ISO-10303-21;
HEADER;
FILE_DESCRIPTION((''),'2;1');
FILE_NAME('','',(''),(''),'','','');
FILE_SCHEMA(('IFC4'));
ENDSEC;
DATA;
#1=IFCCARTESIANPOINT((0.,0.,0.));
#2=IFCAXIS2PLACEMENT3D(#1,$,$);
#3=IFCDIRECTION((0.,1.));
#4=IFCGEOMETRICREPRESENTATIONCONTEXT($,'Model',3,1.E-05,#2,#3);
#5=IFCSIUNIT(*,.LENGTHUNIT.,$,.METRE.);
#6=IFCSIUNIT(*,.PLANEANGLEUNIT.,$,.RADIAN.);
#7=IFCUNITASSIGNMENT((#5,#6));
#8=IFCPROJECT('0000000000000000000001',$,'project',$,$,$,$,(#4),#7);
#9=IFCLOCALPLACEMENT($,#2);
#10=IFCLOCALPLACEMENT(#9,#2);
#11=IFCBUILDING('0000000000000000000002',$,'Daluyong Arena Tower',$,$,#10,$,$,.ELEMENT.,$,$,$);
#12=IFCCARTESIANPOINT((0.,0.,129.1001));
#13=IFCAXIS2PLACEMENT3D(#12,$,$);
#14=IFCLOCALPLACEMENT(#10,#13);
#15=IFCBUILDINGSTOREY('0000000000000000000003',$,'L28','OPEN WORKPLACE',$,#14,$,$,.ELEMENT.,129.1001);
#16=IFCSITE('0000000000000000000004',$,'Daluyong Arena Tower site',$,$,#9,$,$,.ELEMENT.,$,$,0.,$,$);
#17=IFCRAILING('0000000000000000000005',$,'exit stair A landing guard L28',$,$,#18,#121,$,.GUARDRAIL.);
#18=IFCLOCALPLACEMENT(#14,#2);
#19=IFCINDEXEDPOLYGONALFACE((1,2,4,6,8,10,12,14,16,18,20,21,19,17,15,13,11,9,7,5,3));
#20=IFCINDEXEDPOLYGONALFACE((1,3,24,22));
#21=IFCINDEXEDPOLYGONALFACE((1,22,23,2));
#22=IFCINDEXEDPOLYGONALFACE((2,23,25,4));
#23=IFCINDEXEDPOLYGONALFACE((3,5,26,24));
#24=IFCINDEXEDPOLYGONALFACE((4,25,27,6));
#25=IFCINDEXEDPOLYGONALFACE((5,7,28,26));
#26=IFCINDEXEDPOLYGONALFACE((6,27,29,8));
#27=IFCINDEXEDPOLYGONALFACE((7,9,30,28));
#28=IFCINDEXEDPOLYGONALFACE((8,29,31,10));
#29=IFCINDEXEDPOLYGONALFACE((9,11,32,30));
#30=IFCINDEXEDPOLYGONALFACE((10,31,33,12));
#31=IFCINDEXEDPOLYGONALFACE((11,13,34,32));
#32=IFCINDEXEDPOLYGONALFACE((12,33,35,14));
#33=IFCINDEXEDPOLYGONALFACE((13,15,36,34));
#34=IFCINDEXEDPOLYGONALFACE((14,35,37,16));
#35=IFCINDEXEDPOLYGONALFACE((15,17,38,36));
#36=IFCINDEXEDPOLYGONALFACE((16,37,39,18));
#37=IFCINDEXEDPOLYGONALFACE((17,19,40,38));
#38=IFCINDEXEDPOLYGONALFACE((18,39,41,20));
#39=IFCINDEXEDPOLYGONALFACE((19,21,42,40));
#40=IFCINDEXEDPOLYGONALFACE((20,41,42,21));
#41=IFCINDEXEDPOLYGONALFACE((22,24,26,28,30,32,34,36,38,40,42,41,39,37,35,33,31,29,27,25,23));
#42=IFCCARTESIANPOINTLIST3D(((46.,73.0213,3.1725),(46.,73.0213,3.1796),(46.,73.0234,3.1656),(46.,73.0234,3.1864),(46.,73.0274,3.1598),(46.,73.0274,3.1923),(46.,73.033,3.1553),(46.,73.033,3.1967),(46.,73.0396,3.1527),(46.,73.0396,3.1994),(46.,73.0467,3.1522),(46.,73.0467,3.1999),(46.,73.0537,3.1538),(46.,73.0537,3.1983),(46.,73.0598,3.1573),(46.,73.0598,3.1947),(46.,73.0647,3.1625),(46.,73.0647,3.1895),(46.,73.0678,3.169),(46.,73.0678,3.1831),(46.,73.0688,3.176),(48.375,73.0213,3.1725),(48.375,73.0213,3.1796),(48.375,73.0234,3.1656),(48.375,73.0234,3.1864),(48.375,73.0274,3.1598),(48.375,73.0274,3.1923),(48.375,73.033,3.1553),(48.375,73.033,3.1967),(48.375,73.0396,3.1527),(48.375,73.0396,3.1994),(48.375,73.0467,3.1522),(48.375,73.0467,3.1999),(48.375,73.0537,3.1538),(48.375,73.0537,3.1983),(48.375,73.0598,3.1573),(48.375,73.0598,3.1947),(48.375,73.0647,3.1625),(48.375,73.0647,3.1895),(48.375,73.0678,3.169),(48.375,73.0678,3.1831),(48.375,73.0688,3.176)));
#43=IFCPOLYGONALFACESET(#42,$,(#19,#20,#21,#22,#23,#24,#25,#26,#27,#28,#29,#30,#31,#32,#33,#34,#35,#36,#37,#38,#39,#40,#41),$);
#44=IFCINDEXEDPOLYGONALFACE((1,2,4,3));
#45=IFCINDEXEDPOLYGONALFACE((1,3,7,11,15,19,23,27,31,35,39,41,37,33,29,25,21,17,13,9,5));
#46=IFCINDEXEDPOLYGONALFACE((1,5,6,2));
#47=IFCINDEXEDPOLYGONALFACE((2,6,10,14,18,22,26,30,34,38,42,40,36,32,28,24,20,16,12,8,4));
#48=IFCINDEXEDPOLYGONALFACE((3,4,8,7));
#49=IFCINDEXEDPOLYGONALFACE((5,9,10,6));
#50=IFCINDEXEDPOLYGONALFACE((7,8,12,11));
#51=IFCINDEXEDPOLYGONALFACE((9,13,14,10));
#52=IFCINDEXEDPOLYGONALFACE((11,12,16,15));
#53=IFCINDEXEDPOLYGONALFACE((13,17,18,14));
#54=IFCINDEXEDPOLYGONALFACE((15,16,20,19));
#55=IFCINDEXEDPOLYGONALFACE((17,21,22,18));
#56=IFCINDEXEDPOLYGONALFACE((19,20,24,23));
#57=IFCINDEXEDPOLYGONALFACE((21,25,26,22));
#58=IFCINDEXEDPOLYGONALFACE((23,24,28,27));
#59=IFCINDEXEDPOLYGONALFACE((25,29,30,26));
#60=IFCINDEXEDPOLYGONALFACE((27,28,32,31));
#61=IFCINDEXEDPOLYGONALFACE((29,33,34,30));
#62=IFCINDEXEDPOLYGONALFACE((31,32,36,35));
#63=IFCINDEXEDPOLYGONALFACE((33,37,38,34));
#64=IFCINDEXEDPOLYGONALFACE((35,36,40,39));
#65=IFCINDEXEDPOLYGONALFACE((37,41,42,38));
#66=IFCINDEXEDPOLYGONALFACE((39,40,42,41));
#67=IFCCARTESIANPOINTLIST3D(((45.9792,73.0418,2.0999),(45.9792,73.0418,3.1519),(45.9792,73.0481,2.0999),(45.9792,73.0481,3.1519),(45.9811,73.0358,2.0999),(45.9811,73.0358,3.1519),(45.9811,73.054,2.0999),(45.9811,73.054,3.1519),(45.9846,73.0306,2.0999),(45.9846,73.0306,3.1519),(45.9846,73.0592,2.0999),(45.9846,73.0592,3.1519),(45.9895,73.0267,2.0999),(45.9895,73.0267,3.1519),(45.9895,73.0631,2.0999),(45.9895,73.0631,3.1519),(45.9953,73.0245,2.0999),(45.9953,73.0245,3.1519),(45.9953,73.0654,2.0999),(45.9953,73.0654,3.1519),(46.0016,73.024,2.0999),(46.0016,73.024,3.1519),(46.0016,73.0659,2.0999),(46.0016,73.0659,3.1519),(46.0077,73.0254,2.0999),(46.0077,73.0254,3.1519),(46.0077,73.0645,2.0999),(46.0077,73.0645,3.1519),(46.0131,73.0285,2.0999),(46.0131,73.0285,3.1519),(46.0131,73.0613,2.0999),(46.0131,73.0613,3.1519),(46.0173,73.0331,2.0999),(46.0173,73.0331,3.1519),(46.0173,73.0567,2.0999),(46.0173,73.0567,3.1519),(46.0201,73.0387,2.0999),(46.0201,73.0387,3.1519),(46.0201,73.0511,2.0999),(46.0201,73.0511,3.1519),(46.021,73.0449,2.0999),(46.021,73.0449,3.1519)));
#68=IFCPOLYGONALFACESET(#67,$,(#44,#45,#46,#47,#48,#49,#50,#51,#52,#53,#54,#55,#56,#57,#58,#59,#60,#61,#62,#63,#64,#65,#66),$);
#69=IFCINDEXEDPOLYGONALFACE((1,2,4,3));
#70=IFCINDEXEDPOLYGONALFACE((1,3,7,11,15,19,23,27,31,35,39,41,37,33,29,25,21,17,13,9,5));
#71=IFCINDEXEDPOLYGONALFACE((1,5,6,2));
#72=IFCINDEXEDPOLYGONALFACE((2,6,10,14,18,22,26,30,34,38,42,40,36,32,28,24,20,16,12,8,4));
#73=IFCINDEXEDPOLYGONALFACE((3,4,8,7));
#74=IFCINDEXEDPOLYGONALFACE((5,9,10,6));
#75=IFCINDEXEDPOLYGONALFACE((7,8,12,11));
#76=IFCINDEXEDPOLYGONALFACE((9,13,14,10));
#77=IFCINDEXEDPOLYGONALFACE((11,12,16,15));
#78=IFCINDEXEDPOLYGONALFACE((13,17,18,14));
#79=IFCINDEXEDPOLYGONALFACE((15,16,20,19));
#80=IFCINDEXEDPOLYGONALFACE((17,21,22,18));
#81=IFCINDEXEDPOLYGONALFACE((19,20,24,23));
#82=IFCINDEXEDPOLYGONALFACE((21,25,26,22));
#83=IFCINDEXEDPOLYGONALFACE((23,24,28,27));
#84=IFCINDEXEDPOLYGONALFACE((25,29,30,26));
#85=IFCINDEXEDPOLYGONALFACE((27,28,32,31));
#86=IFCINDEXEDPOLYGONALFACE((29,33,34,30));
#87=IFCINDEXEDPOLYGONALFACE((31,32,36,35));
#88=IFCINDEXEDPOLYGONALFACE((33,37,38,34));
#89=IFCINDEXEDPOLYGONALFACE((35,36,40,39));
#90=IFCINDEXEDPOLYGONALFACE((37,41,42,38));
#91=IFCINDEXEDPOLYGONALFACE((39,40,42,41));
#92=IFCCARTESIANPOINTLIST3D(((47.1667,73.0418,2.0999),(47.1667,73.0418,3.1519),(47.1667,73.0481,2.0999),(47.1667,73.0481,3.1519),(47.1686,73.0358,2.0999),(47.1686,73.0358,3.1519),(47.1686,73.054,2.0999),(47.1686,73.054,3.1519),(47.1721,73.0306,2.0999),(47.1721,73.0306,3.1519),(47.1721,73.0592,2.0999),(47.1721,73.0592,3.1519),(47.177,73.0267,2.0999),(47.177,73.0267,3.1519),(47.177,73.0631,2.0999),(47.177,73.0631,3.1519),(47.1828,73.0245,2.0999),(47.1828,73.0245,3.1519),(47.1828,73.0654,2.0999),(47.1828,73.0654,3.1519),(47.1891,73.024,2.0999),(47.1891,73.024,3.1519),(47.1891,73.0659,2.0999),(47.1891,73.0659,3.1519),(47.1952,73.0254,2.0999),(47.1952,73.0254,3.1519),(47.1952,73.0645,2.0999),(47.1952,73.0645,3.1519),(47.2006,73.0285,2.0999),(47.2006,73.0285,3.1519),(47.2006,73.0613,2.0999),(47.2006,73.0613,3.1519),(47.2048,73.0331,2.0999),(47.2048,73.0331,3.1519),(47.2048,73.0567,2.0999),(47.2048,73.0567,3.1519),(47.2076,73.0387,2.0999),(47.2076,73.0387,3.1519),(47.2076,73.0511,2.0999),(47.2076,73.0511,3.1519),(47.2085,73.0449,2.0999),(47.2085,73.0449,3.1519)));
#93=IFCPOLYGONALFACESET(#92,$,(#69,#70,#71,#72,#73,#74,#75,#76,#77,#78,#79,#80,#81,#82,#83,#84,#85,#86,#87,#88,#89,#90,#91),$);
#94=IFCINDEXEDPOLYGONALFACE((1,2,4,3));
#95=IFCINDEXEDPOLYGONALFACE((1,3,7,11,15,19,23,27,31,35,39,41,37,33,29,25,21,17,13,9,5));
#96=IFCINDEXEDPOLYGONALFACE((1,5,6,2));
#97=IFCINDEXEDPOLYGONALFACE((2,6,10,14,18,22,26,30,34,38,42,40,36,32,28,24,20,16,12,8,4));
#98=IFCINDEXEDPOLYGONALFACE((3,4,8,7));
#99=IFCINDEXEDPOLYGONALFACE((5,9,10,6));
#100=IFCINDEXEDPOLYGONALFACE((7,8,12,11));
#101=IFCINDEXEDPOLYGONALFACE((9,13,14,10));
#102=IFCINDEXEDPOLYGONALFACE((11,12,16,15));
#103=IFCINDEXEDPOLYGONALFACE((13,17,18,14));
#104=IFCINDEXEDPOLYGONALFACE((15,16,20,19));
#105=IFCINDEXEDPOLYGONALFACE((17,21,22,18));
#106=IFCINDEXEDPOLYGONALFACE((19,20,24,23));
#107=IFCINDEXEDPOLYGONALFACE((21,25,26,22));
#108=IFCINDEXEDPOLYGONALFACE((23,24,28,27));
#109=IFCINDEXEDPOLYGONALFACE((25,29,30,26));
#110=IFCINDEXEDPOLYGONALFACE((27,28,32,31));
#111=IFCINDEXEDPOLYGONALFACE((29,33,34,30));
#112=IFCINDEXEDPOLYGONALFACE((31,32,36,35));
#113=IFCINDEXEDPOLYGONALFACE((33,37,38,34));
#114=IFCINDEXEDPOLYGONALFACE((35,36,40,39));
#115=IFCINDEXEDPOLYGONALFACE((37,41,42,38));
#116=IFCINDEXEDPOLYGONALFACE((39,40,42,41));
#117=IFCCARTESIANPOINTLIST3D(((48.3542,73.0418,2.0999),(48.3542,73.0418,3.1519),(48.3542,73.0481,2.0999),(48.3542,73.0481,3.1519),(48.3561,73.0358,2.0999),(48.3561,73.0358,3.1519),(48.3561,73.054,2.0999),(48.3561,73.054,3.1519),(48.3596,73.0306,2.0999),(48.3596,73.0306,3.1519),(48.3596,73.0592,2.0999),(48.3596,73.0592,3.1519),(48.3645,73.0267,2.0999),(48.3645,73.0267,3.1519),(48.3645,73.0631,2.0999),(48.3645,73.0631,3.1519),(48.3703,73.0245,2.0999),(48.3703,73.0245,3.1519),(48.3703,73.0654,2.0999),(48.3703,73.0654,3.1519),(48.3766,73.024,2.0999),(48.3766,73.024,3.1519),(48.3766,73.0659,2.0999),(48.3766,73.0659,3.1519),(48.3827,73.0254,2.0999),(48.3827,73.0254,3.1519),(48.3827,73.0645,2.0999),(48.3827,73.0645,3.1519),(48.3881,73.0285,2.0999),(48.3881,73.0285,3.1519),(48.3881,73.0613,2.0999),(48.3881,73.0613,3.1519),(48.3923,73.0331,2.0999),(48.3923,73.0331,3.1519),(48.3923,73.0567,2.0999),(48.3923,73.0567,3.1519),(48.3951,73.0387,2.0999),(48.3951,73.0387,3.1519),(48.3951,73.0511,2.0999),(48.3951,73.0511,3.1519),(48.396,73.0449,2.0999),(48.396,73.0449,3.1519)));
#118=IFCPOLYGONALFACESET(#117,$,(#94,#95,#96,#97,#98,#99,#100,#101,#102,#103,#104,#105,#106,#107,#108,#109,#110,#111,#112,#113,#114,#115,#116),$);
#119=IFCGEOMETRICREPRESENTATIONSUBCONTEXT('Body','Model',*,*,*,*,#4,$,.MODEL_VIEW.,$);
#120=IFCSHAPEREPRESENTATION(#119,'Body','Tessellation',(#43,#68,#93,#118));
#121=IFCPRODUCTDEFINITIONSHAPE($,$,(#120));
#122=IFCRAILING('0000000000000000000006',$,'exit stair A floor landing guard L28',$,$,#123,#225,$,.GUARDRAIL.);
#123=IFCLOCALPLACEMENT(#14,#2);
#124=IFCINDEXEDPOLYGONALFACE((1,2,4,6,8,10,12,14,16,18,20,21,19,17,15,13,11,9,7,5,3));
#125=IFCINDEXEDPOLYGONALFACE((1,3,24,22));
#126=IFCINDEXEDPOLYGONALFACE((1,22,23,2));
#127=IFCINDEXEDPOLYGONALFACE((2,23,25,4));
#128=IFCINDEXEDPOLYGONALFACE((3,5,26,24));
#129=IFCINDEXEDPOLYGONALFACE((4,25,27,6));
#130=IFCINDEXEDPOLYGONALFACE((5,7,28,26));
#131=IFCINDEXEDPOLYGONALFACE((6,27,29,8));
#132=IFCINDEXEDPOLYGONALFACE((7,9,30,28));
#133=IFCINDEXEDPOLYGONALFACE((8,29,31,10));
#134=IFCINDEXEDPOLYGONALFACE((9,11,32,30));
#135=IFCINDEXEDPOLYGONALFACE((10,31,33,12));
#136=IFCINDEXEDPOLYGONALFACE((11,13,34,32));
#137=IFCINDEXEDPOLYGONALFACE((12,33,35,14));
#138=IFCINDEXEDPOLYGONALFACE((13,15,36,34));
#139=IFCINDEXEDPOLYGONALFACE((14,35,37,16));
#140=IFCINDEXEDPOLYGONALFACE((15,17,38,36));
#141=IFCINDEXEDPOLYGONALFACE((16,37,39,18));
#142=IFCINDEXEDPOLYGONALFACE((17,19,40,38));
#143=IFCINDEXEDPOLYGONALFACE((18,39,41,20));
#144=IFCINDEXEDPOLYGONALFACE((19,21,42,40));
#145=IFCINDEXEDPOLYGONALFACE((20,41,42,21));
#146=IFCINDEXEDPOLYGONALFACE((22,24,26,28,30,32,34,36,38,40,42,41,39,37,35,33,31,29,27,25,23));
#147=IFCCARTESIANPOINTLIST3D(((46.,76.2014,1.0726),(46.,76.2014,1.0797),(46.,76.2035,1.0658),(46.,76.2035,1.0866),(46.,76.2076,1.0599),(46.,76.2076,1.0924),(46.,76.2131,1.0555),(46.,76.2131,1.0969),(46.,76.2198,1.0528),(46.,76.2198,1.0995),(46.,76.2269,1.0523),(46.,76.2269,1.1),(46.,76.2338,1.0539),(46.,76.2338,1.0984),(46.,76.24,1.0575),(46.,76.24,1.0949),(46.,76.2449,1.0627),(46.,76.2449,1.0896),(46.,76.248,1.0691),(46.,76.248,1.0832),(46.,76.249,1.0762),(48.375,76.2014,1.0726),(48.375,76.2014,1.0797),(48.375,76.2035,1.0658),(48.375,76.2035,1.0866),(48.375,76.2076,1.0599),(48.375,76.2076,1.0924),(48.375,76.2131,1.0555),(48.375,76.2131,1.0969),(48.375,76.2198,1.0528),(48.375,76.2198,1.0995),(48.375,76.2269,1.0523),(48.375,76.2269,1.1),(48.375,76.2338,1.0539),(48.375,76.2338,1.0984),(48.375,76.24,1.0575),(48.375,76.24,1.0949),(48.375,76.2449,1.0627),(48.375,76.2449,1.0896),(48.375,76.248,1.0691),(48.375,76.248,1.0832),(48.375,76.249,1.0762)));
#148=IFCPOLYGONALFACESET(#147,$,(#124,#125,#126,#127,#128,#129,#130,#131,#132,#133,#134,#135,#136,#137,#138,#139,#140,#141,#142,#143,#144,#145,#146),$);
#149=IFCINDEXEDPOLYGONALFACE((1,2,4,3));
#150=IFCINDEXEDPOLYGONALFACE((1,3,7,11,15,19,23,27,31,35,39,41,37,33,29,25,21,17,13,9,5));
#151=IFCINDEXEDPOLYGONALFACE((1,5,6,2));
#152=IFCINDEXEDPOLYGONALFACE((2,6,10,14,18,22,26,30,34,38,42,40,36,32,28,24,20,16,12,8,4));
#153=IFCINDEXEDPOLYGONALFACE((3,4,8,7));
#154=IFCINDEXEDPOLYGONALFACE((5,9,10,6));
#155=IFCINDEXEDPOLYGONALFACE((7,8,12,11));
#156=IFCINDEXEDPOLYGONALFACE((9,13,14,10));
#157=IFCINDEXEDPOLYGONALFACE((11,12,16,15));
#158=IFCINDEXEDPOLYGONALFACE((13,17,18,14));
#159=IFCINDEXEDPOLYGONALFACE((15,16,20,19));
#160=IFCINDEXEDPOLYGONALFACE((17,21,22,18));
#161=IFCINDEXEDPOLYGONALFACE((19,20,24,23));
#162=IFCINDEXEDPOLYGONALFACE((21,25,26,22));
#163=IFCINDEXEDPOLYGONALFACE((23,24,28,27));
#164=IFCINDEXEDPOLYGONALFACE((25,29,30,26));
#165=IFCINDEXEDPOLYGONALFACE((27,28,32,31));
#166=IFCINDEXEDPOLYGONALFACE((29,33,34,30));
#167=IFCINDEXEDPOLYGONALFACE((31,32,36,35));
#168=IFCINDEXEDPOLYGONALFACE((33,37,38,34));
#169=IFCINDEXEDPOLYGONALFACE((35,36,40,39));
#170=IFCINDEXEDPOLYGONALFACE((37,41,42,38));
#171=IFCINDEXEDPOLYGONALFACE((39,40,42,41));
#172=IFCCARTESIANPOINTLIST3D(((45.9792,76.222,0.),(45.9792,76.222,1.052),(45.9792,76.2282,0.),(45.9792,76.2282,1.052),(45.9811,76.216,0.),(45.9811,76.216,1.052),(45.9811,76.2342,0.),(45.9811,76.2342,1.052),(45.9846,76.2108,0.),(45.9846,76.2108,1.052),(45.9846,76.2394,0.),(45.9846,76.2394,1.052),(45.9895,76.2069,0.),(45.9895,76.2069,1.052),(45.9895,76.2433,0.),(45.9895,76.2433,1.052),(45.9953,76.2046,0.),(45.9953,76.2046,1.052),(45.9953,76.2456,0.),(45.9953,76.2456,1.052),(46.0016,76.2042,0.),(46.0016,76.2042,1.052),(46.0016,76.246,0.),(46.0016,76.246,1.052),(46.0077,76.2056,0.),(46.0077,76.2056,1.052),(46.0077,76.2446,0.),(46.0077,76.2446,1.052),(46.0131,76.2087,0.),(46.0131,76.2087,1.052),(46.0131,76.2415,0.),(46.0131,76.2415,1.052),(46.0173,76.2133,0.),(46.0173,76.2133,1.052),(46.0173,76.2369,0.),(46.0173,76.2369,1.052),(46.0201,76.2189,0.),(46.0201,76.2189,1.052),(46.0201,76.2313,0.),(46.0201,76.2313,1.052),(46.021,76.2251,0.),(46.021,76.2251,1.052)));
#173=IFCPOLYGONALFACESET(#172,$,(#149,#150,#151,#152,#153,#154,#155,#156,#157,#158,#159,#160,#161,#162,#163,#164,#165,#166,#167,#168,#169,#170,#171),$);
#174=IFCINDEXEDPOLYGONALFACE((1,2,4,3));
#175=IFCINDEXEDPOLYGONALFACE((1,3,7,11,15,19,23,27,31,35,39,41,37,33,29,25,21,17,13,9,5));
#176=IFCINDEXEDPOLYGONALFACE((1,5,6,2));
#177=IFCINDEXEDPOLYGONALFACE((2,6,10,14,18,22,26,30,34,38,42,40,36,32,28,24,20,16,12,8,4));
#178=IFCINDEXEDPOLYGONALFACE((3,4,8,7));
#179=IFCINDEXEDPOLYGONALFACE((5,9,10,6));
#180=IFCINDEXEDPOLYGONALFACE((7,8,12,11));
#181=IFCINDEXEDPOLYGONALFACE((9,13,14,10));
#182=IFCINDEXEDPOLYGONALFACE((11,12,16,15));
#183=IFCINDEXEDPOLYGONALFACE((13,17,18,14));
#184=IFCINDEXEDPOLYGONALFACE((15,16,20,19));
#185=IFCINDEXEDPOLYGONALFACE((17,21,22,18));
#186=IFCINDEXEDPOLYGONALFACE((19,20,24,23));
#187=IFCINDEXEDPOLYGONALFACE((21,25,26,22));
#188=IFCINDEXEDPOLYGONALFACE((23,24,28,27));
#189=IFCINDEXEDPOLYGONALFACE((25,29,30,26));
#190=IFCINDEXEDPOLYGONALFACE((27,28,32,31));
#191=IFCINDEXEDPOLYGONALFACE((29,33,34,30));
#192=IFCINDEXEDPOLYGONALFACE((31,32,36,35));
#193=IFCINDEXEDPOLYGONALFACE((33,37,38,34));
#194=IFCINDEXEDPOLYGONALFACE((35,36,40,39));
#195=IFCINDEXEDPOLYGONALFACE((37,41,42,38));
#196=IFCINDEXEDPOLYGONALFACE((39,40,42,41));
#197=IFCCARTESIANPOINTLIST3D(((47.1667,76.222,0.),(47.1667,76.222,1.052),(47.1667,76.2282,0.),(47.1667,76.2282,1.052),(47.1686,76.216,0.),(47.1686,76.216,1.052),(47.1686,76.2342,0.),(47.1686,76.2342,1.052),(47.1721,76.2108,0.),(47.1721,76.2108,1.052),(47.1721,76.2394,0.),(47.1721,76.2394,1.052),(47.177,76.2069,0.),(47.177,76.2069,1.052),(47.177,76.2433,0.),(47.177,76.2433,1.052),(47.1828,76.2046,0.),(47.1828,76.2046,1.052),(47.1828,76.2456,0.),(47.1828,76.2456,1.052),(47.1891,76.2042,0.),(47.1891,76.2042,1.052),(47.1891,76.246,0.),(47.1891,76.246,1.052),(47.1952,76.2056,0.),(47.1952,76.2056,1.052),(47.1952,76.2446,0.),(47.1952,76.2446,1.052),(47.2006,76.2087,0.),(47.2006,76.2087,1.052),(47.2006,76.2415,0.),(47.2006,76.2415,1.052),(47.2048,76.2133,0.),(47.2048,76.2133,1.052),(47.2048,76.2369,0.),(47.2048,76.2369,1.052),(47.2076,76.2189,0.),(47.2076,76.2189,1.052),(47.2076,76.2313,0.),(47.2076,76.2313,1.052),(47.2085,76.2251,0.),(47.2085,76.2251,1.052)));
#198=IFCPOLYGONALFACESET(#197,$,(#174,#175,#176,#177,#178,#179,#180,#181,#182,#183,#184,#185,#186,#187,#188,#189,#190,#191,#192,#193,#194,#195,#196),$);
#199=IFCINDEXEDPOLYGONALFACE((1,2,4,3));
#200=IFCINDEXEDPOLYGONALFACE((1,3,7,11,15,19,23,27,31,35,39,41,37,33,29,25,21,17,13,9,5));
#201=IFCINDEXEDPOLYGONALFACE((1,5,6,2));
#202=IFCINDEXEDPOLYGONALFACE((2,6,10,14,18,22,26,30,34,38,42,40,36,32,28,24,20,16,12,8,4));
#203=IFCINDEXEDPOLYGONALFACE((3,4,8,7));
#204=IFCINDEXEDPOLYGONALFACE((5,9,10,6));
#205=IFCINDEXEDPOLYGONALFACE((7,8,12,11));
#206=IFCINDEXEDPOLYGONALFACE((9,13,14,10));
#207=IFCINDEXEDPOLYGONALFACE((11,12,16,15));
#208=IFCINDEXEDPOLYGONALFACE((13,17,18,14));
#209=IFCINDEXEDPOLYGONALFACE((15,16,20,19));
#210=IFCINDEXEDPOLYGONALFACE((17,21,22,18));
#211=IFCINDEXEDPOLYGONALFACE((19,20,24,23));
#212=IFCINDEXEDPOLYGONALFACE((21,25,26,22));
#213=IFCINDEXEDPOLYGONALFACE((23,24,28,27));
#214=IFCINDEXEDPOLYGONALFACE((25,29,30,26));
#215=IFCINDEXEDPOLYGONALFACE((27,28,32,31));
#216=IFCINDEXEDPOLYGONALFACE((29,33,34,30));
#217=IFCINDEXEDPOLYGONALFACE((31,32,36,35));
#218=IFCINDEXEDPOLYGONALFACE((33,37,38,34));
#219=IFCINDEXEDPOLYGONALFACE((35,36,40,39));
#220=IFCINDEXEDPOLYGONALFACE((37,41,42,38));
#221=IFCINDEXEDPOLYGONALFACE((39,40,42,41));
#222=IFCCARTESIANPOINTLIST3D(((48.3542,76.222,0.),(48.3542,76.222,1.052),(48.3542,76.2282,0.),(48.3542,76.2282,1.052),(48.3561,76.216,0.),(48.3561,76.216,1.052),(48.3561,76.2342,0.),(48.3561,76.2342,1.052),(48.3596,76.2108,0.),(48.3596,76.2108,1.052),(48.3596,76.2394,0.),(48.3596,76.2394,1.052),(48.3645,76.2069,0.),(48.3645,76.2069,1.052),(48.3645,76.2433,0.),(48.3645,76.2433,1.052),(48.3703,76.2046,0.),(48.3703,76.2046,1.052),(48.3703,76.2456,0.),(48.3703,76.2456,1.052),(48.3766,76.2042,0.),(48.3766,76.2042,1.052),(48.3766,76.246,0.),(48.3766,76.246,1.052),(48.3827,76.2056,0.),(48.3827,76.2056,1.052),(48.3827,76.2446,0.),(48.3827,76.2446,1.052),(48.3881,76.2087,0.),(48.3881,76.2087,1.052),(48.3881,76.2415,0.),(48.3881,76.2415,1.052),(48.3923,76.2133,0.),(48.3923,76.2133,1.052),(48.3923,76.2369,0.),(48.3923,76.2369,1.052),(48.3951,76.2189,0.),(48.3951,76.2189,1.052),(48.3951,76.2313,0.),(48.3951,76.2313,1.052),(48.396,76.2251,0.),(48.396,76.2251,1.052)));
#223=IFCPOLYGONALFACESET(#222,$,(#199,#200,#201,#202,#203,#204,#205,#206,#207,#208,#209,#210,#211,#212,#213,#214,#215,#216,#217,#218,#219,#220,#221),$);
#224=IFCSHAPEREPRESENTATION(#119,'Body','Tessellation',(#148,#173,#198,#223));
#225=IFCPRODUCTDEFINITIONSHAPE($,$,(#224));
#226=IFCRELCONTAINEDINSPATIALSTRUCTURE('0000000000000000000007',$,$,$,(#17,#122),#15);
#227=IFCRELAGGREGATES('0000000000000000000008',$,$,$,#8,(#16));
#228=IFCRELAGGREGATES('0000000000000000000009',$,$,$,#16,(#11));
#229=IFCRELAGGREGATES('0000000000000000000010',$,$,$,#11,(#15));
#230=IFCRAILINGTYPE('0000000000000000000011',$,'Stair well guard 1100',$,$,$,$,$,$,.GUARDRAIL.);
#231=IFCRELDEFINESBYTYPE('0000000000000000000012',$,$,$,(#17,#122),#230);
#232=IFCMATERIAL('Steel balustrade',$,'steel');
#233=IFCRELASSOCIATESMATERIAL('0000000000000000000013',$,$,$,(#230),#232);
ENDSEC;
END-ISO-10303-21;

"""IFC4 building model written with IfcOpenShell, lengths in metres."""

from ifc_helpers import new_model, si_unit, direction, frame, origin, origin_2d, place, context, subcontext, project, spatial, circle, extrude, material, type_object, element, save


model = new_model("IFC4")

# Units and contexts
model_context = context("Model", 3, precision=1e-05, world=origin(), true_north=direction((0.0, 1.0)))
body_context = subcontext(model_context, "Body", "Model", "MODEL_VIEW")
ifc_project = project(units=[si_unit("LENGTHUNIT", "METRE"), si_unit("PLANEANGLEUNIT", "RADIAN")], contexts=[model_context])

# Site, building, storey
site_placement = place(None, origin())
site = spatial("IfcSite", under=ifc_project, at=site_placement, Name="Daluyong Arena Tower site", CompositionType="ELEMENT", RefElevation=0.0)
building_placement = place(site_placement, origin())
building = spatial("IfcBuilding", under=site, at=building_placement, Name="Daluyong Arena Tower", CompositionType="ELEMENT")
storey_placement = place(building_placement, frame((0.0, 0.0, 129.1001)))
storey = spatial("IfcBuildingStorey", under=building, at=storey_placement, Name="L28", Description="OPEN WORKPLACE", CompositionType="ELEMENT", Elevation=129.1001)

# Railings
ifc_material_1 = material(Name="Steel balustrade", Category="steel")
railing_type_1 = type_object("IfcRailingType", Name="Stair well guard 1100", PredefinedType="GUARDRAIL", material=ifc_material_1)
for number, where, name in (
    (1, (46.0, 73.0449, 2.0999), "exit stair A landing guard L28"),
    (2, (46.0, 76.2251, 0.0), "exit stair A floor landing guard L28"),
):
    element("IfcRailing", number, at=place(storey_placement, frame(where)), inside=storey, type_object=railing_type_1, Name=name, PredefinedType="GUARDRAIL", context=body_context, shape_type="SweptSolid", body=[
        extrude(circle(Radius=0.0239, at=origin_2d()), frame((0.0, 0.0, 1.0762), z_axis=(1.0, 0.0, 0.0), x_axis=(0.0, 1.0, 0.0)), (0.0, 0.0, 1.0), 2.375),
        extrude(circle(Radius=0.021, at=origin_2d()), origin(), (0.0, 0.0, 1.0), 1.052),
        extrude(circle(Radius=0.021, at=origin_2d()), frame((1.1875, 0.0, 0.0)), (0.0, 0.0, 1.0), 1.052),
        extrude(circle(Radius=0.021, at=origin_2d()), frame((2.375, 0.0, 0.0)), (0.0, 0.0, 1.0), 1.052),
    ])

save(model, "model.ifc")
